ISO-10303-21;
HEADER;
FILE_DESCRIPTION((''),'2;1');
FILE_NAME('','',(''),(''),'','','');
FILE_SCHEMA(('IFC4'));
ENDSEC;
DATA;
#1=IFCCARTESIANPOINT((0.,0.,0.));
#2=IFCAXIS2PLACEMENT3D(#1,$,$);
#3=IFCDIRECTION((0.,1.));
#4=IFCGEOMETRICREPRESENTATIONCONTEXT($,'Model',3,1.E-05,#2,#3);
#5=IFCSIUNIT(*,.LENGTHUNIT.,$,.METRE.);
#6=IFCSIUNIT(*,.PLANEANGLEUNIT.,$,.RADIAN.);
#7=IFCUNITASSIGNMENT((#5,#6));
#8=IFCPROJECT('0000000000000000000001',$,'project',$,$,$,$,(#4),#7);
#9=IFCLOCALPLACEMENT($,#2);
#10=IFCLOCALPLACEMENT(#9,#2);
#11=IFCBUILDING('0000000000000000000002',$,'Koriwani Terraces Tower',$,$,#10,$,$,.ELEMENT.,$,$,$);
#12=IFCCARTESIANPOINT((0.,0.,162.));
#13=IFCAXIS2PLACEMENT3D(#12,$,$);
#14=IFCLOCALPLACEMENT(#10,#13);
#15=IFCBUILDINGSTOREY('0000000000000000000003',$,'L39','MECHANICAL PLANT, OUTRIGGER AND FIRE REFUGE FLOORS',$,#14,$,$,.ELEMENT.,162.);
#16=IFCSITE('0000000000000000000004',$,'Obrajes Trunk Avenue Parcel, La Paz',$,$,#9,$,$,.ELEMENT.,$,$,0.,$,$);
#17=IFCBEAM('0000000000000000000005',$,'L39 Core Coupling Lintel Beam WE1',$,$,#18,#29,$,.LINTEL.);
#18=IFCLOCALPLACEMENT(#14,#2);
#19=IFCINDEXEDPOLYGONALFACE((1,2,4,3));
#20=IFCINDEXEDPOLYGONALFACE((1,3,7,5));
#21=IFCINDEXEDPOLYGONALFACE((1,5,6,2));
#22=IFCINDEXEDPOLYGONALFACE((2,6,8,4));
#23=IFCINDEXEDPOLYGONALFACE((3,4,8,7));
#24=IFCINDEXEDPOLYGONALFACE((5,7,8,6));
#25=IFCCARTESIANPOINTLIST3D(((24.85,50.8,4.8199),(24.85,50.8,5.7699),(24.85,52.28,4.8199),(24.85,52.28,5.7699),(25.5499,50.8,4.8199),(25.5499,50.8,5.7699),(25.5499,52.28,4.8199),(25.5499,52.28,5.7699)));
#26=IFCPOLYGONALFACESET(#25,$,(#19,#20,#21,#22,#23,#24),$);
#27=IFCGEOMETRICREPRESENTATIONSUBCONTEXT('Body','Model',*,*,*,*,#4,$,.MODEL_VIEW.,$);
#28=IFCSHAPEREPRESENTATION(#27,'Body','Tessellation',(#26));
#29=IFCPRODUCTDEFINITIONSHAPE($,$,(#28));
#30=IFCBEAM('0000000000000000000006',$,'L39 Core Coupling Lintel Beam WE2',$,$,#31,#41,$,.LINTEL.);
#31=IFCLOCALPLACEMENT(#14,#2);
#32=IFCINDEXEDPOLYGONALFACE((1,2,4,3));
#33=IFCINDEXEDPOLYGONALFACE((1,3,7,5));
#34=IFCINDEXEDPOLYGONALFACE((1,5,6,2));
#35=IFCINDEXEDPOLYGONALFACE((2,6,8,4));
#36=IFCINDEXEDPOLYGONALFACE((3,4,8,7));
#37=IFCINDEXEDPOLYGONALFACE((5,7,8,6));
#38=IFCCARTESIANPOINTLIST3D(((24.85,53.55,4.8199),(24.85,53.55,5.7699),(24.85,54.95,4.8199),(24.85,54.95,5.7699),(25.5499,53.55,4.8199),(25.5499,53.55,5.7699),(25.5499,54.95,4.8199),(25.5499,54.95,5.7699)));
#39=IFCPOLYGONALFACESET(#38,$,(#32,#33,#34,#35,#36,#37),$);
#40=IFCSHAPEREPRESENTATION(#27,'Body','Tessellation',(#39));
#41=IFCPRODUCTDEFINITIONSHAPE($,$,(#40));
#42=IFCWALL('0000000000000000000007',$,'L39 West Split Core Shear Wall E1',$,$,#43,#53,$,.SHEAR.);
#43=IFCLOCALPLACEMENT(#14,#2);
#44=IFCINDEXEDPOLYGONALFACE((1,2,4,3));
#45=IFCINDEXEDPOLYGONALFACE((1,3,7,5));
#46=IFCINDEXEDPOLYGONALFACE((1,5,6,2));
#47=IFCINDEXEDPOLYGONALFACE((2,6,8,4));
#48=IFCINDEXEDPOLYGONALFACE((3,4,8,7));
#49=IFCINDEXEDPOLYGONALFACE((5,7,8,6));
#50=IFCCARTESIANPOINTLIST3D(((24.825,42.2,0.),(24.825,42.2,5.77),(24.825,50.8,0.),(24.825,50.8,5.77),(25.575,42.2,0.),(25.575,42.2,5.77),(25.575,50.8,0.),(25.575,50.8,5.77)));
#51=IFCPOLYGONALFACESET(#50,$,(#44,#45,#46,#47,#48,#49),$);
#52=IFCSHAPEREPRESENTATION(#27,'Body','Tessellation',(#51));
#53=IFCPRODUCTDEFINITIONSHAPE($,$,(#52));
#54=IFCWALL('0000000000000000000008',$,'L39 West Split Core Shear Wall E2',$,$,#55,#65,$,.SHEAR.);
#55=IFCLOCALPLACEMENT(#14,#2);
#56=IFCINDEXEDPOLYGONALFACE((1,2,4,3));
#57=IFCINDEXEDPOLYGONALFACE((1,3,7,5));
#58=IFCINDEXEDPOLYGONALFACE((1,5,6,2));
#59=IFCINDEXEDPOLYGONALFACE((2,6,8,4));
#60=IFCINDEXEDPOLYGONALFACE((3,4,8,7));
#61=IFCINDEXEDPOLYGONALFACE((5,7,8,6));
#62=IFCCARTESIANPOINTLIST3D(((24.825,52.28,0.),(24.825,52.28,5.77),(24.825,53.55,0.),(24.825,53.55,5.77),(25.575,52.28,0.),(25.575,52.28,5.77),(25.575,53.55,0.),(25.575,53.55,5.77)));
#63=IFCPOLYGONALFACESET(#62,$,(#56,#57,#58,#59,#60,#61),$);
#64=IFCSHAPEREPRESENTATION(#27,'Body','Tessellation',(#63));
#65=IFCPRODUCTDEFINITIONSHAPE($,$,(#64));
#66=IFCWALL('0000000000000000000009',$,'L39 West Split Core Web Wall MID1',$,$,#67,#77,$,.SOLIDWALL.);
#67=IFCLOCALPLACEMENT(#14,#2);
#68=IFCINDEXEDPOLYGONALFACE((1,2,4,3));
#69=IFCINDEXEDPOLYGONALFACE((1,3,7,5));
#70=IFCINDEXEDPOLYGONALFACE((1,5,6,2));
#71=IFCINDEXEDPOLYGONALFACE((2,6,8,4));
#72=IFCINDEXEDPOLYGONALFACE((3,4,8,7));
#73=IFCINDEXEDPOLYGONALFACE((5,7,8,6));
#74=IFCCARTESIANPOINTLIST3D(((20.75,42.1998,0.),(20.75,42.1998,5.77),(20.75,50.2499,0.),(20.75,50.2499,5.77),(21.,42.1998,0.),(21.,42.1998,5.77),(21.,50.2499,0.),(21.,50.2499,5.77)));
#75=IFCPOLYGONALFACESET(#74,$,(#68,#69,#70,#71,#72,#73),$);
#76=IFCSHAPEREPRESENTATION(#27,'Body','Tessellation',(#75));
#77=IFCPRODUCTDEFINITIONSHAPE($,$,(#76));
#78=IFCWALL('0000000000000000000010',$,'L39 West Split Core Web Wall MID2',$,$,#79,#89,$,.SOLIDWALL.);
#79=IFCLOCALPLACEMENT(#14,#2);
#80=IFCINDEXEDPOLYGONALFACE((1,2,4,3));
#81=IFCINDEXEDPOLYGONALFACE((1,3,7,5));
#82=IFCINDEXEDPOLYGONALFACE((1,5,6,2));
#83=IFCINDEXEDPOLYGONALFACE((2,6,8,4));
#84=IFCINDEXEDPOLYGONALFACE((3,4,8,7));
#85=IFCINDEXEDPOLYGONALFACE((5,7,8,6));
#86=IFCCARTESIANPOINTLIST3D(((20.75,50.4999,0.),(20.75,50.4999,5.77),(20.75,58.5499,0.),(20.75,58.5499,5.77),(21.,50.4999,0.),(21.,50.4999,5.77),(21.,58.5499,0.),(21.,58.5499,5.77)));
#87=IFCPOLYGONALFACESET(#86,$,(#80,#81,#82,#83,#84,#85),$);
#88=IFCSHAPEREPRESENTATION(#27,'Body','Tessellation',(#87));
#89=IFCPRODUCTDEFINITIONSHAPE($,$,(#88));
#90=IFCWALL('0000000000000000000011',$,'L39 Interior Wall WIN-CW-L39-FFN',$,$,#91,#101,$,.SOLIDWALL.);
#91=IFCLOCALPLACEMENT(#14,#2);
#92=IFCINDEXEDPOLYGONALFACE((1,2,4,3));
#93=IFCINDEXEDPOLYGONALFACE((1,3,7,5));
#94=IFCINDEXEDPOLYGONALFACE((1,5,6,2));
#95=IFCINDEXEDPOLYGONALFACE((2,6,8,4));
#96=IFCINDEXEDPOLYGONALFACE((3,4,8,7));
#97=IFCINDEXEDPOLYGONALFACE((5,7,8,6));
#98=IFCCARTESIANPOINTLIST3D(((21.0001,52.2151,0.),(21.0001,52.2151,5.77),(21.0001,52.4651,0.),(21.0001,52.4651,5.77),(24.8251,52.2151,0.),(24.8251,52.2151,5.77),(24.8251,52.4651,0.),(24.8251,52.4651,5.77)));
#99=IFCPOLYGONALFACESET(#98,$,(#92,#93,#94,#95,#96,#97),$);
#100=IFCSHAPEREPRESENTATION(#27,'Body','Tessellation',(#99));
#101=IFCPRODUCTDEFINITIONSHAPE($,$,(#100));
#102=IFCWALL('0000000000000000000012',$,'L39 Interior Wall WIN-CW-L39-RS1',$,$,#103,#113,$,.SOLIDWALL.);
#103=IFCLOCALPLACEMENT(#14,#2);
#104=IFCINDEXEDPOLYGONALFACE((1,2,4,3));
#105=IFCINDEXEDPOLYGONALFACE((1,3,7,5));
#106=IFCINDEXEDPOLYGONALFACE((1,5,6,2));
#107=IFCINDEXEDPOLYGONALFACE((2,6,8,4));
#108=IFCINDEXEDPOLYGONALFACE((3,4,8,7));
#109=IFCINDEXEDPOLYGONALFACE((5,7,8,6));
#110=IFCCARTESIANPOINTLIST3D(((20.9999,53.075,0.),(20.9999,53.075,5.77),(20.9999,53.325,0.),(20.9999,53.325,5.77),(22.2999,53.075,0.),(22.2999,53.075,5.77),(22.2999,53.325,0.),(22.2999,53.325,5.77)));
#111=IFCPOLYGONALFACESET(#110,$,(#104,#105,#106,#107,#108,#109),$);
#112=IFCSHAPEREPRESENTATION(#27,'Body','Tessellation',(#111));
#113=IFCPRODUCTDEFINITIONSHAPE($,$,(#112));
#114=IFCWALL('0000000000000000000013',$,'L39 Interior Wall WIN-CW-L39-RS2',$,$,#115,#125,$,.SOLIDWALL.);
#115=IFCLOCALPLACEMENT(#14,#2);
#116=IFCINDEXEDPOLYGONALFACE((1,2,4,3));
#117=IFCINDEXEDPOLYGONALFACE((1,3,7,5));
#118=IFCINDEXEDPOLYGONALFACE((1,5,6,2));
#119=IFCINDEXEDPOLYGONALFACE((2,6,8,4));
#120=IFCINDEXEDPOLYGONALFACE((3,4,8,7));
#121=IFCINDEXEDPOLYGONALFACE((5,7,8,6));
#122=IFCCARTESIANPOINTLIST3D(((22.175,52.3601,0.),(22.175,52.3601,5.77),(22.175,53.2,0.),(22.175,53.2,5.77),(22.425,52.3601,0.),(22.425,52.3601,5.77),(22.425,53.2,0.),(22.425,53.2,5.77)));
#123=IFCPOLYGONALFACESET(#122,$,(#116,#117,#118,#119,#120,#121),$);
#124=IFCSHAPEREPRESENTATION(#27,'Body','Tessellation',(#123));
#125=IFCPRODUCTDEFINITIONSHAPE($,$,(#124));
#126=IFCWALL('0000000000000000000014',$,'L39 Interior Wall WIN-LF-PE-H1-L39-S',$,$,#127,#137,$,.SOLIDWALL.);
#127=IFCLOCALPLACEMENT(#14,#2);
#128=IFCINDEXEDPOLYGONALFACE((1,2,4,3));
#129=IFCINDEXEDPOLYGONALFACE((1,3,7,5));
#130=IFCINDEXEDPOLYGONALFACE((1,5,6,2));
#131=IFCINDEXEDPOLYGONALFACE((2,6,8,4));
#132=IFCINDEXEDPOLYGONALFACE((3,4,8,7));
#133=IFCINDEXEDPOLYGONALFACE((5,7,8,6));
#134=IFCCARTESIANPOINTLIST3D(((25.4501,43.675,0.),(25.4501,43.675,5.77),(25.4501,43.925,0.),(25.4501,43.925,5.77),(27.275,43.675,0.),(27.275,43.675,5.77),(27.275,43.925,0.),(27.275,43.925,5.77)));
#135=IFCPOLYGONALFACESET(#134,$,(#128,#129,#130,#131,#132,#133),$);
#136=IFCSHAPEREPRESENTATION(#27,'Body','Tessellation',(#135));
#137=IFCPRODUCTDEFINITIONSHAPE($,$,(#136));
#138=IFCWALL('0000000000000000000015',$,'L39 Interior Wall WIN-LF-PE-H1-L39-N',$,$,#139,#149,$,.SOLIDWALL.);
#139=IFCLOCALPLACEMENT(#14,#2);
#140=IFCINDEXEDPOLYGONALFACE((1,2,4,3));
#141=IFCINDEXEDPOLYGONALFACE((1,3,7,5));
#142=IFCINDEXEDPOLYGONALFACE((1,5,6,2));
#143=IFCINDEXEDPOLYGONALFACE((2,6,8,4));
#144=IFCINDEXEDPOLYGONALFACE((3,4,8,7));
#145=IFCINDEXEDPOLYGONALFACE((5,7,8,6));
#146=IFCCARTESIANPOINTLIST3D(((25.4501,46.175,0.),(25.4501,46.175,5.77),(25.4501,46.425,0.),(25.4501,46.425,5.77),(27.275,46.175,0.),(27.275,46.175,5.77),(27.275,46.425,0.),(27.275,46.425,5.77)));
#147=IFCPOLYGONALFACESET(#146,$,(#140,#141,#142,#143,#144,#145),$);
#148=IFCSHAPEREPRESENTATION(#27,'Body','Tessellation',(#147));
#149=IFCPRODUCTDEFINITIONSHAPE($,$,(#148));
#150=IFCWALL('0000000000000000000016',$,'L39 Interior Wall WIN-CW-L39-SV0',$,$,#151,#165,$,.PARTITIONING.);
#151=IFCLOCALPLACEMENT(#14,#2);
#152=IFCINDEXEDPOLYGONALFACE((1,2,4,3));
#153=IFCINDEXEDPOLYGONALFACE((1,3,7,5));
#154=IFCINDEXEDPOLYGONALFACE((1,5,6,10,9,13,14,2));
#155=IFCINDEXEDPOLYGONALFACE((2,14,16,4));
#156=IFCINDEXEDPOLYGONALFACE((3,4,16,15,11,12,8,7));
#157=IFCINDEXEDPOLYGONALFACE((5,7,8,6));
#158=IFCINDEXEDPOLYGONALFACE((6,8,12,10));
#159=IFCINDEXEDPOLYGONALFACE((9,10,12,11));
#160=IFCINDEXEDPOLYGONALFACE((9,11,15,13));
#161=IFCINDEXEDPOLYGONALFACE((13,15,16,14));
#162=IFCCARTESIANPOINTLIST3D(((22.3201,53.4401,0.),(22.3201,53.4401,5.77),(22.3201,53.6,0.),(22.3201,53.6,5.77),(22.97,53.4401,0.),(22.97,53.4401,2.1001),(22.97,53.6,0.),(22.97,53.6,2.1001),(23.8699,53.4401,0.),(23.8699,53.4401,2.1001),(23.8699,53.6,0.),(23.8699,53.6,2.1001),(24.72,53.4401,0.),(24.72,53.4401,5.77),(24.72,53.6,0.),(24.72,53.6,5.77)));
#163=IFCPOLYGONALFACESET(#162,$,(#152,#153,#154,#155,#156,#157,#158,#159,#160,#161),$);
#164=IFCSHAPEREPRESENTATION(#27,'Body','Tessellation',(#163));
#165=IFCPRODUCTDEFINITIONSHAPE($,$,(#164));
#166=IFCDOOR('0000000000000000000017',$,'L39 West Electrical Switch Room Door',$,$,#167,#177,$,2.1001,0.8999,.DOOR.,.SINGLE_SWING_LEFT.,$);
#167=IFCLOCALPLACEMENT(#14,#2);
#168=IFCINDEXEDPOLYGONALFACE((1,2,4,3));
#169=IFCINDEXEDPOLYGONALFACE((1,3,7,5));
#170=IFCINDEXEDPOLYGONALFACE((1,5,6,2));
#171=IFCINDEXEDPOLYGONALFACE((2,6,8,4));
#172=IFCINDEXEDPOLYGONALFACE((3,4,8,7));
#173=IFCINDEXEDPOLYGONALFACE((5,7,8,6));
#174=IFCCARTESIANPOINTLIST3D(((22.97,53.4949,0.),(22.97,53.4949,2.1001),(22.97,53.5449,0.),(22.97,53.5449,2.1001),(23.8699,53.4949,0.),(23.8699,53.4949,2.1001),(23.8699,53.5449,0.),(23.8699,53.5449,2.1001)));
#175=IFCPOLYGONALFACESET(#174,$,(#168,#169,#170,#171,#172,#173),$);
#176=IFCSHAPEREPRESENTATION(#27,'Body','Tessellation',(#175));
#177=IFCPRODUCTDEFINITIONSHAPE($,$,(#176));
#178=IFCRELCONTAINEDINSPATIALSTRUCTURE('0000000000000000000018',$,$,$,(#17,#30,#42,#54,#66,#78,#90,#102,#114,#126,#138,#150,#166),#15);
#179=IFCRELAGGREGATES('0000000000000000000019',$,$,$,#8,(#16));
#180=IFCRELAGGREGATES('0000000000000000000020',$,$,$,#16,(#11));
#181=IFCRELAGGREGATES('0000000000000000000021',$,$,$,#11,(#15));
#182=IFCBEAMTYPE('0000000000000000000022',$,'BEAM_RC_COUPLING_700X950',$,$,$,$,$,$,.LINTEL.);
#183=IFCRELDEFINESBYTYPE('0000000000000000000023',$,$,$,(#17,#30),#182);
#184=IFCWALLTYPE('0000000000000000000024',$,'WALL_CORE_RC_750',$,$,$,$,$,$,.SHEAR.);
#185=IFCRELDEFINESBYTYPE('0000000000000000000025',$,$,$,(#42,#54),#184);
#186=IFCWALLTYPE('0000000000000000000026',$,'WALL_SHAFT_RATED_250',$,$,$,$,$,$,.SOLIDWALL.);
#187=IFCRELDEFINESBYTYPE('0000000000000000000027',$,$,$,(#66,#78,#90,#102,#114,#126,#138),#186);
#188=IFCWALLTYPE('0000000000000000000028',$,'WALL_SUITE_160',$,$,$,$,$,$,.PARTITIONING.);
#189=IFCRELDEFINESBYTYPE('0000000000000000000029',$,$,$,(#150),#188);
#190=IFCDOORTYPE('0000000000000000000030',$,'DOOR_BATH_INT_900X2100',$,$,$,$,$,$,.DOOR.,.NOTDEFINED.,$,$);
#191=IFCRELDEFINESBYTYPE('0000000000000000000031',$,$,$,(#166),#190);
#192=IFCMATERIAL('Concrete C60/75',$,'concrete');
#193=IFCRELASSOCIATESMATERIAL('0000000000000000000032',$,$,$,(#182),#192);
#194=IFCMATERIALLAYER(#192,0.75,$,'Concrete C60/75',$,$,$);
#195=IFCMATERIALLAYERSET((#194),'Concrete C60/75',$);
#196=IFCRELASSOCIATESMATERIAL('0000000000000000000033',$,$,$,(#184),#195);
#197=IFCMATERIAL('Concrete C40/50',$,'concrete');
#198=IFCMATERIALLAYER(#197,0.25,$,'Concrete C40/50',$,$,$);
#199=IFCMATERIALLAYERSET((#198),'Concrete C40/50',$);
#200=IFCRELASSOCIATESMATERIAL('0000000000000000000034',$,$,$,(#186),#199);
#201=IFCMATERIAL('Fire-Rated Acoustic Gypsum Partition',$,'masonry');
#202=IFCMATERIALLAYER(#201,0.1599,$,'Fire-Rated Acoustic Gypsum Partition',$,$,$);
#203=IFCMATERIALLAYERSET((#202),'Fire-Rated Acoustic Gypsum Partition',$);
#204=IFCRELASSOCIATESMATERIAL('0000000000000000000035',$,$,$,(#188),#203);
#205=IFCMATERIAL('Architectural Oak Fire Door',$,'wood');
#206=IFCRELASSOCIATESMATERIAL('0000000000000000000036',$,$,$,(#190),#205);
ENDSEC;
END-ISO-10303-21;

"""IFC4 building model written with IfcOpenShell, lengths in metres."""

from ifc_helpers import new_model, si_unit, direction, frame, frame_2d, origin, origin_2d, place, context, subcontext, project, spatial, rectangle, extrude, material, layer, layer_set, material_profile, profile_set, type_object, element, fill, save


model = new_model("IFC4")

# Units and contexts
model_context = context("Model", 3, precision=1e-05, world=origin(), true_north=direction((0.0, 1.0)))
body_context = subcontext(model_context, "Body", "Model", "MODEL_VIEW")
ifc_project = project(units=[si_unit("LENGTHUNIT", "METRE"), si_unit("PLANEANGLEUNIT", "RADIAN")], contexts=[model_context])

# Site, building, storey
site_placement = place(None, origin())
site = spatial("IfcSite", under=ifc_project, at=site_placement, Name="Obrajes Trunk Avenue Parcel, La Paz", CompositionType="ELEMENT", RefElevation=0.0)
building_placement = place(site_placement, origin())
building = spatial("IfcBuilding", under=site, at=building_placement, Name="Koriwani Terraces Tower", CompositionType="ELEMENT")
storey_placement = place(building_placement, frame((0.0, 0.0, 162.0)))
storey = spatial("IfcBuildingStorey", under=building, at=storey_placement, Name="L39", Description="MECHANICAL PLANT, OUTRIGGER AND FIRE REFUGE FLOORS", CompositionType="ELEMENT", Elevation=162.0)

# Beams
ifc_material_1 = material(Name="Concrete C60/75", Category="concrete")
ifc_material_profile = material_profile(ifc_material_1, rectangle(XDim=0.7, YDim=0.95, at=origin_2d()), Name="Concrete C60/75", Category="LoadBearing")
ifc_profile_set = profile_set([ifc_material_profile], Name="Concrete C60/75")
beam_type = type_object("IfcBeamType", Name="BEAM_RC_COUPLING_700X950", PredefinedType="LINTEL", material=ifc_profile_set)
beam_1_placement = place(storey_placement, frame((25.2, 50.8, 5.2949), z_axis=(0.0, 1.0, 0.0), x_axis=(-1.0, 0.0, 0.0)))
element("IfcBeam", 1, at=beam_1_placement, inside=storey, type_object=beam_type, Name="L39 Core Coupling Lintel Beam WE1", PredefinedType="LINTEL", context=body_context, shape_type="SweptSolid", body=[
    extrude(rectangle(XDim=0.7, YDim=0.95, at=origin_2d()), origin(), (0.0, 0.0, 1.0), 1.48),
])
beam_2_placement = place(storey_placement, frame((25.2, 53.55, 5.2949), z_axis=(0.0, 1.0, 0.0), x_axis=(-1.0, 0.0, 0.0)))
element("IfcBeam", 2, at=beam_2_placement, inside=storey, type_object=beam_type, Name="L39 Core Coupling Lintel Beam WE2", PredefinedType="LINTEL", context=body_context, shape_type="SweptSolid", body=[
    extrude(rectangle(XDim=0.7, YDim=0.95, at=origin_2d()), origin(), (0.0, 0.0, 1.0), 1.3999),
])

# Walls
ifc_layer_1 = layer(ifc_material_1, 0.75, Name="Concrete C60/75")
ifc_layer_set_1 = layer_set([ifc_layer_1], Name="Concrete C60/75")
wall_type_1 = type_object("IfcWallType", Name="WALL_CORE_RC_750", PredefinedType="SHEAR", material=ifc_layer_set_1)
wall_1_placement = place(storey_placement, frame((25.2, 42.2, 0.0), z_axis=(0.0, 0.0, 1.0), x_axis=(0.0, 1.0, 0.0)))
element("IfcWall", 3, at=wall_1_placement, inside=storey, type_object=wall_type_1, Name="L39 West Split Core Shear Wall E1", PredefinedType="SHEAR", context=body_context, shape_type="SweptSolid", body=[
    extrude(rectangle(XDim=8.6001, YDim=0.75, at=frame_2d((4.3, 0.0))), origin(), (0.0, 0.0, 1.0), 5.77),
])
wall_2_placement = place(storey_placement, frame((25.2, 52.28, 0.0), z_axis=(0.0, 0.0, 1.0), x_axis=(0.0, 1.0, 0.0)))
element("IfcWall", 4, at=wall_2_placement, inside=storey, type_object=wall_type_1, Name="L39 West Split Core Shear Wall E2", PredefinedType="SHEAR", context=body_context, shape_type="SweptSolid", body=[
    extrude(rectangle(XDim=1.27, YDim=0.75, at=frame_2d((0.635, 0.0))), origin(), (0.0, 0.0, 1.0), 5.77),
])
ifc_material_2 = material(Name="Concrete C40/50", Category="concrete")
ifc_layer_2 = layer(ifc_material_2, 0.25, Name="Concrete C40/50")
ifc_layer_set_2 = layer_set([ifc_layer_2], Name="Concrete C40/50")
wall_type_2 = type_object("IfcWallType", Name="WALL_SHAFT_RATED_250", PredefinedType="SOLIDWALL", material=ifc_layer_set_2)
for number, where, z_axis, x_axis, name in (
    (5, (20.875, 42.2, 0.0), (0.0, 0.0, 1.0), (0.0, 1.0, 0.0), "L39 West Split Core Web Wall MID1"),
    (6, (20.875, 50.5, 0.0), (0.0, 0.0, 1.0), (0.0, 1.0, 0.0), "L39 West Split Core Web Wall MID2"),
):
    element("IfcWall", number, at=place(storey_placement, frame(where, z_axis=z_axis, x_axis=x_axis)), inside=storey, type_object=wall_type_2, Name=name, PredefinedType="SOLIDWALL", context=body_context, shape_type="SweptSolid", body=[
        extrude(rectangle(XDim=8.05, YDim=0.25, at=frame_2d((4.0249, 0.0))), origin(), (0.0, 0.0, 1.0), 5.77),
    ])

# Walls
wall_3_placement = place(storey_placement, frame((21.0, 52.3401, 0.0), z_axis=(0.0, 0.0, 1.0), x_axis=(1.0, 0.0, 0.0)))
element("IfcWall", 7, at=wall_3_placement, inside=storey, type_object=wall_type_2, Name="L39 Interior Wall WIN-CW-L39-FFN", PredefinedType="SOLIDWALL", context=body_context, shape_type="SweptSolid", body=[
    extrude(rectangle(XDim=3.825, YDim=0.25, at=frame_2d((1.9126, 0.0))), origin(), (0.0, 0.0, 1.0), 5.77),
])
wall_4_placement = place(storey_placement, frame((21.0, 53.2, 0.0), z_axis=(0.0, 0.0, 1.0), x_axis=(1.0, 0.0, 0.0)))
element("IfcWall", 8, at=wall_4_placement, inside=storey, type_object=wall_type_2, Name="L39 Interior Wall WIN-CW-L39-RS1", PredefinedType="SOLIDWALL", context=body_context, shape_type="SweptSolid", body=[
    extrude(rectangle(XDim=1.3, YDim=0.25, at=frame_2d((0.6499, 0.0))), origin(), (0.0, 0.0, 1.0), 5.77),
])
wall_5_placement = place(storey_placement, frame((22.3, 52.3601, 0.0), z_axis=(0.0, 0.0, 1.0), x_axis=(0.0, 1.0, 0.0)))
element("IfcWall", 9, at=wall_5_placement, inside=storey, type_object=wall_type_2, Name="L39 Interior Wall WIN-CW-L39-RS2", PredefinedType="SOLIDWALL", context=body_context, shape_type="SweptSolid", body=[
    extrude(rectangle(XDim=0.8398, YDim=0.25, at=frame_2d((0.4199, 0.0))), origin(), (0.0, 0.0, 1.0), 5.77),
])
for number, where, z_axis, x_axis, name in (
    (10, (25.45, 43.8, 0.0), (0.0, 0.0, 1.0), (1.0, 0.0, 0.0), "L39 Interior Wall WIN-LF-PE-H1-L39-S"),
    (11, (25.45, 46.3, 0.0), (0.0, 0.0, 1.0), (1.0, 0.0, 0.0), "L39 Interior Wall WIN-LF-PE-H1-L39-N"),
):
    element("IfcWall", number, at=place(storey_placement, frame(where, z_axis=z_axis, x_axis=x_axis)), inside=storey, type_object=wall_type_2, Name=name, PredefinedType="SOLIDWALL", context=body_context, shape_type="SweptSolid", body=[
        extrude(rectangle(XDim=1.825, YDim=0.25, at=frame_2d((0.9126, 0.0))), origin(), (0.0, 0.0, 1.0), 5.77),
    ])

# Wall, opening, door
ifc_material_3 = material(Name="Fire-Rated Acoustic Gypsum Partition", Category="masonry")
ifc_layer_3 = layer(ifc_material_3, 0.1599, Name="Fire-Rated Acoustic Gypsum Partition")
ifc_layer_set_3 = layer_set([ifc_layer_3], Name="Fire-Rated Acoustic Gypsum Partition")
wall_type_3 = type_object("IfcWallType", Name="WALL_SUITE_160", PredefinedType="PARTITIONING", material=ifc_layer_set_3)
wall_6_placement = place(storey_placement, frame((22.3201, 53.52, 0.0), z_axis=(0.0, 0.0, 1.0), x_axis=(1.0, 0.0, 0.0)))
wall_6 = element("IfcWall", 12, at=wall_6_placement, inside=storey, type_object=wall_type_3, Name="L39 Interior Wall WIN-CW-L39-SV0", PredefinedType="PARTITIONING", context=body_context, shape_type="SweptSolid", body=[
    extrude(rectangle(XDim=2.3999, YDim=0.1599, at=frame_2d((1.2, 0.0))), origin(), (0.0, 0.0, 1.0), 5.77),
])
opening_1_placement = place(wall_6_placement, frame((0.6499, 0.0, 0.0)))
opening_1 = element("IfcOpeningElement", 13, at=opening_1_placement, cuts=wall_6, PredefinedType="OPENING", context=body_context, shape_type="SweptSolid", body=[
    extrude(rectangle(XDim=0.8999, YDim=2.1001, at=frame_2d((0.45, 1.05))), frame((0.0, 0.0898, 0.0), z_axis=(0.0, -1.0, 0.0), x_axis=(1.0, 0.0, 0.0)), (0.0, 0.0, 1.0), 0.1799),
])
ifc_material_4 = material(Name="Architectural Oak Fire Door", Category="wood")
door_type_1 = type_object("IfcDoorType", Name="DOOR_BATH_INT_900X2100", OperationType="NOTDEFINED", PredefinedType="DOOR", material=ifc_material_4)
door_1_placement = place(opening_1_placement, origin())
door_1 = element("IfcDoor", 14, at=door_1_placement, inside=storey, type_object=door_type_1, Name="L39 West Electrical Switch Room Door", OperationType="SINGLE_SWING_LEFT", OverallHeight=2.1001, OverallWidth=0.8999, PredefinedType="DOOR", context=body_context, shape_type="SweptSolid", body=[
    extrude(rectangle(XDim=0.8999, YDim=2.1001, at=frame_2d((0.45, 1.05))), frame((0.0, 0.0249, 0.0), z_axis=(0.0, -1.0, 0.0), x_axis=(1.0, 0.0, 0.0)), (0.0, 0.0, 1.0), 0.05),
])
fill(opening_1, door_1)

save(model, "model.ifc")
